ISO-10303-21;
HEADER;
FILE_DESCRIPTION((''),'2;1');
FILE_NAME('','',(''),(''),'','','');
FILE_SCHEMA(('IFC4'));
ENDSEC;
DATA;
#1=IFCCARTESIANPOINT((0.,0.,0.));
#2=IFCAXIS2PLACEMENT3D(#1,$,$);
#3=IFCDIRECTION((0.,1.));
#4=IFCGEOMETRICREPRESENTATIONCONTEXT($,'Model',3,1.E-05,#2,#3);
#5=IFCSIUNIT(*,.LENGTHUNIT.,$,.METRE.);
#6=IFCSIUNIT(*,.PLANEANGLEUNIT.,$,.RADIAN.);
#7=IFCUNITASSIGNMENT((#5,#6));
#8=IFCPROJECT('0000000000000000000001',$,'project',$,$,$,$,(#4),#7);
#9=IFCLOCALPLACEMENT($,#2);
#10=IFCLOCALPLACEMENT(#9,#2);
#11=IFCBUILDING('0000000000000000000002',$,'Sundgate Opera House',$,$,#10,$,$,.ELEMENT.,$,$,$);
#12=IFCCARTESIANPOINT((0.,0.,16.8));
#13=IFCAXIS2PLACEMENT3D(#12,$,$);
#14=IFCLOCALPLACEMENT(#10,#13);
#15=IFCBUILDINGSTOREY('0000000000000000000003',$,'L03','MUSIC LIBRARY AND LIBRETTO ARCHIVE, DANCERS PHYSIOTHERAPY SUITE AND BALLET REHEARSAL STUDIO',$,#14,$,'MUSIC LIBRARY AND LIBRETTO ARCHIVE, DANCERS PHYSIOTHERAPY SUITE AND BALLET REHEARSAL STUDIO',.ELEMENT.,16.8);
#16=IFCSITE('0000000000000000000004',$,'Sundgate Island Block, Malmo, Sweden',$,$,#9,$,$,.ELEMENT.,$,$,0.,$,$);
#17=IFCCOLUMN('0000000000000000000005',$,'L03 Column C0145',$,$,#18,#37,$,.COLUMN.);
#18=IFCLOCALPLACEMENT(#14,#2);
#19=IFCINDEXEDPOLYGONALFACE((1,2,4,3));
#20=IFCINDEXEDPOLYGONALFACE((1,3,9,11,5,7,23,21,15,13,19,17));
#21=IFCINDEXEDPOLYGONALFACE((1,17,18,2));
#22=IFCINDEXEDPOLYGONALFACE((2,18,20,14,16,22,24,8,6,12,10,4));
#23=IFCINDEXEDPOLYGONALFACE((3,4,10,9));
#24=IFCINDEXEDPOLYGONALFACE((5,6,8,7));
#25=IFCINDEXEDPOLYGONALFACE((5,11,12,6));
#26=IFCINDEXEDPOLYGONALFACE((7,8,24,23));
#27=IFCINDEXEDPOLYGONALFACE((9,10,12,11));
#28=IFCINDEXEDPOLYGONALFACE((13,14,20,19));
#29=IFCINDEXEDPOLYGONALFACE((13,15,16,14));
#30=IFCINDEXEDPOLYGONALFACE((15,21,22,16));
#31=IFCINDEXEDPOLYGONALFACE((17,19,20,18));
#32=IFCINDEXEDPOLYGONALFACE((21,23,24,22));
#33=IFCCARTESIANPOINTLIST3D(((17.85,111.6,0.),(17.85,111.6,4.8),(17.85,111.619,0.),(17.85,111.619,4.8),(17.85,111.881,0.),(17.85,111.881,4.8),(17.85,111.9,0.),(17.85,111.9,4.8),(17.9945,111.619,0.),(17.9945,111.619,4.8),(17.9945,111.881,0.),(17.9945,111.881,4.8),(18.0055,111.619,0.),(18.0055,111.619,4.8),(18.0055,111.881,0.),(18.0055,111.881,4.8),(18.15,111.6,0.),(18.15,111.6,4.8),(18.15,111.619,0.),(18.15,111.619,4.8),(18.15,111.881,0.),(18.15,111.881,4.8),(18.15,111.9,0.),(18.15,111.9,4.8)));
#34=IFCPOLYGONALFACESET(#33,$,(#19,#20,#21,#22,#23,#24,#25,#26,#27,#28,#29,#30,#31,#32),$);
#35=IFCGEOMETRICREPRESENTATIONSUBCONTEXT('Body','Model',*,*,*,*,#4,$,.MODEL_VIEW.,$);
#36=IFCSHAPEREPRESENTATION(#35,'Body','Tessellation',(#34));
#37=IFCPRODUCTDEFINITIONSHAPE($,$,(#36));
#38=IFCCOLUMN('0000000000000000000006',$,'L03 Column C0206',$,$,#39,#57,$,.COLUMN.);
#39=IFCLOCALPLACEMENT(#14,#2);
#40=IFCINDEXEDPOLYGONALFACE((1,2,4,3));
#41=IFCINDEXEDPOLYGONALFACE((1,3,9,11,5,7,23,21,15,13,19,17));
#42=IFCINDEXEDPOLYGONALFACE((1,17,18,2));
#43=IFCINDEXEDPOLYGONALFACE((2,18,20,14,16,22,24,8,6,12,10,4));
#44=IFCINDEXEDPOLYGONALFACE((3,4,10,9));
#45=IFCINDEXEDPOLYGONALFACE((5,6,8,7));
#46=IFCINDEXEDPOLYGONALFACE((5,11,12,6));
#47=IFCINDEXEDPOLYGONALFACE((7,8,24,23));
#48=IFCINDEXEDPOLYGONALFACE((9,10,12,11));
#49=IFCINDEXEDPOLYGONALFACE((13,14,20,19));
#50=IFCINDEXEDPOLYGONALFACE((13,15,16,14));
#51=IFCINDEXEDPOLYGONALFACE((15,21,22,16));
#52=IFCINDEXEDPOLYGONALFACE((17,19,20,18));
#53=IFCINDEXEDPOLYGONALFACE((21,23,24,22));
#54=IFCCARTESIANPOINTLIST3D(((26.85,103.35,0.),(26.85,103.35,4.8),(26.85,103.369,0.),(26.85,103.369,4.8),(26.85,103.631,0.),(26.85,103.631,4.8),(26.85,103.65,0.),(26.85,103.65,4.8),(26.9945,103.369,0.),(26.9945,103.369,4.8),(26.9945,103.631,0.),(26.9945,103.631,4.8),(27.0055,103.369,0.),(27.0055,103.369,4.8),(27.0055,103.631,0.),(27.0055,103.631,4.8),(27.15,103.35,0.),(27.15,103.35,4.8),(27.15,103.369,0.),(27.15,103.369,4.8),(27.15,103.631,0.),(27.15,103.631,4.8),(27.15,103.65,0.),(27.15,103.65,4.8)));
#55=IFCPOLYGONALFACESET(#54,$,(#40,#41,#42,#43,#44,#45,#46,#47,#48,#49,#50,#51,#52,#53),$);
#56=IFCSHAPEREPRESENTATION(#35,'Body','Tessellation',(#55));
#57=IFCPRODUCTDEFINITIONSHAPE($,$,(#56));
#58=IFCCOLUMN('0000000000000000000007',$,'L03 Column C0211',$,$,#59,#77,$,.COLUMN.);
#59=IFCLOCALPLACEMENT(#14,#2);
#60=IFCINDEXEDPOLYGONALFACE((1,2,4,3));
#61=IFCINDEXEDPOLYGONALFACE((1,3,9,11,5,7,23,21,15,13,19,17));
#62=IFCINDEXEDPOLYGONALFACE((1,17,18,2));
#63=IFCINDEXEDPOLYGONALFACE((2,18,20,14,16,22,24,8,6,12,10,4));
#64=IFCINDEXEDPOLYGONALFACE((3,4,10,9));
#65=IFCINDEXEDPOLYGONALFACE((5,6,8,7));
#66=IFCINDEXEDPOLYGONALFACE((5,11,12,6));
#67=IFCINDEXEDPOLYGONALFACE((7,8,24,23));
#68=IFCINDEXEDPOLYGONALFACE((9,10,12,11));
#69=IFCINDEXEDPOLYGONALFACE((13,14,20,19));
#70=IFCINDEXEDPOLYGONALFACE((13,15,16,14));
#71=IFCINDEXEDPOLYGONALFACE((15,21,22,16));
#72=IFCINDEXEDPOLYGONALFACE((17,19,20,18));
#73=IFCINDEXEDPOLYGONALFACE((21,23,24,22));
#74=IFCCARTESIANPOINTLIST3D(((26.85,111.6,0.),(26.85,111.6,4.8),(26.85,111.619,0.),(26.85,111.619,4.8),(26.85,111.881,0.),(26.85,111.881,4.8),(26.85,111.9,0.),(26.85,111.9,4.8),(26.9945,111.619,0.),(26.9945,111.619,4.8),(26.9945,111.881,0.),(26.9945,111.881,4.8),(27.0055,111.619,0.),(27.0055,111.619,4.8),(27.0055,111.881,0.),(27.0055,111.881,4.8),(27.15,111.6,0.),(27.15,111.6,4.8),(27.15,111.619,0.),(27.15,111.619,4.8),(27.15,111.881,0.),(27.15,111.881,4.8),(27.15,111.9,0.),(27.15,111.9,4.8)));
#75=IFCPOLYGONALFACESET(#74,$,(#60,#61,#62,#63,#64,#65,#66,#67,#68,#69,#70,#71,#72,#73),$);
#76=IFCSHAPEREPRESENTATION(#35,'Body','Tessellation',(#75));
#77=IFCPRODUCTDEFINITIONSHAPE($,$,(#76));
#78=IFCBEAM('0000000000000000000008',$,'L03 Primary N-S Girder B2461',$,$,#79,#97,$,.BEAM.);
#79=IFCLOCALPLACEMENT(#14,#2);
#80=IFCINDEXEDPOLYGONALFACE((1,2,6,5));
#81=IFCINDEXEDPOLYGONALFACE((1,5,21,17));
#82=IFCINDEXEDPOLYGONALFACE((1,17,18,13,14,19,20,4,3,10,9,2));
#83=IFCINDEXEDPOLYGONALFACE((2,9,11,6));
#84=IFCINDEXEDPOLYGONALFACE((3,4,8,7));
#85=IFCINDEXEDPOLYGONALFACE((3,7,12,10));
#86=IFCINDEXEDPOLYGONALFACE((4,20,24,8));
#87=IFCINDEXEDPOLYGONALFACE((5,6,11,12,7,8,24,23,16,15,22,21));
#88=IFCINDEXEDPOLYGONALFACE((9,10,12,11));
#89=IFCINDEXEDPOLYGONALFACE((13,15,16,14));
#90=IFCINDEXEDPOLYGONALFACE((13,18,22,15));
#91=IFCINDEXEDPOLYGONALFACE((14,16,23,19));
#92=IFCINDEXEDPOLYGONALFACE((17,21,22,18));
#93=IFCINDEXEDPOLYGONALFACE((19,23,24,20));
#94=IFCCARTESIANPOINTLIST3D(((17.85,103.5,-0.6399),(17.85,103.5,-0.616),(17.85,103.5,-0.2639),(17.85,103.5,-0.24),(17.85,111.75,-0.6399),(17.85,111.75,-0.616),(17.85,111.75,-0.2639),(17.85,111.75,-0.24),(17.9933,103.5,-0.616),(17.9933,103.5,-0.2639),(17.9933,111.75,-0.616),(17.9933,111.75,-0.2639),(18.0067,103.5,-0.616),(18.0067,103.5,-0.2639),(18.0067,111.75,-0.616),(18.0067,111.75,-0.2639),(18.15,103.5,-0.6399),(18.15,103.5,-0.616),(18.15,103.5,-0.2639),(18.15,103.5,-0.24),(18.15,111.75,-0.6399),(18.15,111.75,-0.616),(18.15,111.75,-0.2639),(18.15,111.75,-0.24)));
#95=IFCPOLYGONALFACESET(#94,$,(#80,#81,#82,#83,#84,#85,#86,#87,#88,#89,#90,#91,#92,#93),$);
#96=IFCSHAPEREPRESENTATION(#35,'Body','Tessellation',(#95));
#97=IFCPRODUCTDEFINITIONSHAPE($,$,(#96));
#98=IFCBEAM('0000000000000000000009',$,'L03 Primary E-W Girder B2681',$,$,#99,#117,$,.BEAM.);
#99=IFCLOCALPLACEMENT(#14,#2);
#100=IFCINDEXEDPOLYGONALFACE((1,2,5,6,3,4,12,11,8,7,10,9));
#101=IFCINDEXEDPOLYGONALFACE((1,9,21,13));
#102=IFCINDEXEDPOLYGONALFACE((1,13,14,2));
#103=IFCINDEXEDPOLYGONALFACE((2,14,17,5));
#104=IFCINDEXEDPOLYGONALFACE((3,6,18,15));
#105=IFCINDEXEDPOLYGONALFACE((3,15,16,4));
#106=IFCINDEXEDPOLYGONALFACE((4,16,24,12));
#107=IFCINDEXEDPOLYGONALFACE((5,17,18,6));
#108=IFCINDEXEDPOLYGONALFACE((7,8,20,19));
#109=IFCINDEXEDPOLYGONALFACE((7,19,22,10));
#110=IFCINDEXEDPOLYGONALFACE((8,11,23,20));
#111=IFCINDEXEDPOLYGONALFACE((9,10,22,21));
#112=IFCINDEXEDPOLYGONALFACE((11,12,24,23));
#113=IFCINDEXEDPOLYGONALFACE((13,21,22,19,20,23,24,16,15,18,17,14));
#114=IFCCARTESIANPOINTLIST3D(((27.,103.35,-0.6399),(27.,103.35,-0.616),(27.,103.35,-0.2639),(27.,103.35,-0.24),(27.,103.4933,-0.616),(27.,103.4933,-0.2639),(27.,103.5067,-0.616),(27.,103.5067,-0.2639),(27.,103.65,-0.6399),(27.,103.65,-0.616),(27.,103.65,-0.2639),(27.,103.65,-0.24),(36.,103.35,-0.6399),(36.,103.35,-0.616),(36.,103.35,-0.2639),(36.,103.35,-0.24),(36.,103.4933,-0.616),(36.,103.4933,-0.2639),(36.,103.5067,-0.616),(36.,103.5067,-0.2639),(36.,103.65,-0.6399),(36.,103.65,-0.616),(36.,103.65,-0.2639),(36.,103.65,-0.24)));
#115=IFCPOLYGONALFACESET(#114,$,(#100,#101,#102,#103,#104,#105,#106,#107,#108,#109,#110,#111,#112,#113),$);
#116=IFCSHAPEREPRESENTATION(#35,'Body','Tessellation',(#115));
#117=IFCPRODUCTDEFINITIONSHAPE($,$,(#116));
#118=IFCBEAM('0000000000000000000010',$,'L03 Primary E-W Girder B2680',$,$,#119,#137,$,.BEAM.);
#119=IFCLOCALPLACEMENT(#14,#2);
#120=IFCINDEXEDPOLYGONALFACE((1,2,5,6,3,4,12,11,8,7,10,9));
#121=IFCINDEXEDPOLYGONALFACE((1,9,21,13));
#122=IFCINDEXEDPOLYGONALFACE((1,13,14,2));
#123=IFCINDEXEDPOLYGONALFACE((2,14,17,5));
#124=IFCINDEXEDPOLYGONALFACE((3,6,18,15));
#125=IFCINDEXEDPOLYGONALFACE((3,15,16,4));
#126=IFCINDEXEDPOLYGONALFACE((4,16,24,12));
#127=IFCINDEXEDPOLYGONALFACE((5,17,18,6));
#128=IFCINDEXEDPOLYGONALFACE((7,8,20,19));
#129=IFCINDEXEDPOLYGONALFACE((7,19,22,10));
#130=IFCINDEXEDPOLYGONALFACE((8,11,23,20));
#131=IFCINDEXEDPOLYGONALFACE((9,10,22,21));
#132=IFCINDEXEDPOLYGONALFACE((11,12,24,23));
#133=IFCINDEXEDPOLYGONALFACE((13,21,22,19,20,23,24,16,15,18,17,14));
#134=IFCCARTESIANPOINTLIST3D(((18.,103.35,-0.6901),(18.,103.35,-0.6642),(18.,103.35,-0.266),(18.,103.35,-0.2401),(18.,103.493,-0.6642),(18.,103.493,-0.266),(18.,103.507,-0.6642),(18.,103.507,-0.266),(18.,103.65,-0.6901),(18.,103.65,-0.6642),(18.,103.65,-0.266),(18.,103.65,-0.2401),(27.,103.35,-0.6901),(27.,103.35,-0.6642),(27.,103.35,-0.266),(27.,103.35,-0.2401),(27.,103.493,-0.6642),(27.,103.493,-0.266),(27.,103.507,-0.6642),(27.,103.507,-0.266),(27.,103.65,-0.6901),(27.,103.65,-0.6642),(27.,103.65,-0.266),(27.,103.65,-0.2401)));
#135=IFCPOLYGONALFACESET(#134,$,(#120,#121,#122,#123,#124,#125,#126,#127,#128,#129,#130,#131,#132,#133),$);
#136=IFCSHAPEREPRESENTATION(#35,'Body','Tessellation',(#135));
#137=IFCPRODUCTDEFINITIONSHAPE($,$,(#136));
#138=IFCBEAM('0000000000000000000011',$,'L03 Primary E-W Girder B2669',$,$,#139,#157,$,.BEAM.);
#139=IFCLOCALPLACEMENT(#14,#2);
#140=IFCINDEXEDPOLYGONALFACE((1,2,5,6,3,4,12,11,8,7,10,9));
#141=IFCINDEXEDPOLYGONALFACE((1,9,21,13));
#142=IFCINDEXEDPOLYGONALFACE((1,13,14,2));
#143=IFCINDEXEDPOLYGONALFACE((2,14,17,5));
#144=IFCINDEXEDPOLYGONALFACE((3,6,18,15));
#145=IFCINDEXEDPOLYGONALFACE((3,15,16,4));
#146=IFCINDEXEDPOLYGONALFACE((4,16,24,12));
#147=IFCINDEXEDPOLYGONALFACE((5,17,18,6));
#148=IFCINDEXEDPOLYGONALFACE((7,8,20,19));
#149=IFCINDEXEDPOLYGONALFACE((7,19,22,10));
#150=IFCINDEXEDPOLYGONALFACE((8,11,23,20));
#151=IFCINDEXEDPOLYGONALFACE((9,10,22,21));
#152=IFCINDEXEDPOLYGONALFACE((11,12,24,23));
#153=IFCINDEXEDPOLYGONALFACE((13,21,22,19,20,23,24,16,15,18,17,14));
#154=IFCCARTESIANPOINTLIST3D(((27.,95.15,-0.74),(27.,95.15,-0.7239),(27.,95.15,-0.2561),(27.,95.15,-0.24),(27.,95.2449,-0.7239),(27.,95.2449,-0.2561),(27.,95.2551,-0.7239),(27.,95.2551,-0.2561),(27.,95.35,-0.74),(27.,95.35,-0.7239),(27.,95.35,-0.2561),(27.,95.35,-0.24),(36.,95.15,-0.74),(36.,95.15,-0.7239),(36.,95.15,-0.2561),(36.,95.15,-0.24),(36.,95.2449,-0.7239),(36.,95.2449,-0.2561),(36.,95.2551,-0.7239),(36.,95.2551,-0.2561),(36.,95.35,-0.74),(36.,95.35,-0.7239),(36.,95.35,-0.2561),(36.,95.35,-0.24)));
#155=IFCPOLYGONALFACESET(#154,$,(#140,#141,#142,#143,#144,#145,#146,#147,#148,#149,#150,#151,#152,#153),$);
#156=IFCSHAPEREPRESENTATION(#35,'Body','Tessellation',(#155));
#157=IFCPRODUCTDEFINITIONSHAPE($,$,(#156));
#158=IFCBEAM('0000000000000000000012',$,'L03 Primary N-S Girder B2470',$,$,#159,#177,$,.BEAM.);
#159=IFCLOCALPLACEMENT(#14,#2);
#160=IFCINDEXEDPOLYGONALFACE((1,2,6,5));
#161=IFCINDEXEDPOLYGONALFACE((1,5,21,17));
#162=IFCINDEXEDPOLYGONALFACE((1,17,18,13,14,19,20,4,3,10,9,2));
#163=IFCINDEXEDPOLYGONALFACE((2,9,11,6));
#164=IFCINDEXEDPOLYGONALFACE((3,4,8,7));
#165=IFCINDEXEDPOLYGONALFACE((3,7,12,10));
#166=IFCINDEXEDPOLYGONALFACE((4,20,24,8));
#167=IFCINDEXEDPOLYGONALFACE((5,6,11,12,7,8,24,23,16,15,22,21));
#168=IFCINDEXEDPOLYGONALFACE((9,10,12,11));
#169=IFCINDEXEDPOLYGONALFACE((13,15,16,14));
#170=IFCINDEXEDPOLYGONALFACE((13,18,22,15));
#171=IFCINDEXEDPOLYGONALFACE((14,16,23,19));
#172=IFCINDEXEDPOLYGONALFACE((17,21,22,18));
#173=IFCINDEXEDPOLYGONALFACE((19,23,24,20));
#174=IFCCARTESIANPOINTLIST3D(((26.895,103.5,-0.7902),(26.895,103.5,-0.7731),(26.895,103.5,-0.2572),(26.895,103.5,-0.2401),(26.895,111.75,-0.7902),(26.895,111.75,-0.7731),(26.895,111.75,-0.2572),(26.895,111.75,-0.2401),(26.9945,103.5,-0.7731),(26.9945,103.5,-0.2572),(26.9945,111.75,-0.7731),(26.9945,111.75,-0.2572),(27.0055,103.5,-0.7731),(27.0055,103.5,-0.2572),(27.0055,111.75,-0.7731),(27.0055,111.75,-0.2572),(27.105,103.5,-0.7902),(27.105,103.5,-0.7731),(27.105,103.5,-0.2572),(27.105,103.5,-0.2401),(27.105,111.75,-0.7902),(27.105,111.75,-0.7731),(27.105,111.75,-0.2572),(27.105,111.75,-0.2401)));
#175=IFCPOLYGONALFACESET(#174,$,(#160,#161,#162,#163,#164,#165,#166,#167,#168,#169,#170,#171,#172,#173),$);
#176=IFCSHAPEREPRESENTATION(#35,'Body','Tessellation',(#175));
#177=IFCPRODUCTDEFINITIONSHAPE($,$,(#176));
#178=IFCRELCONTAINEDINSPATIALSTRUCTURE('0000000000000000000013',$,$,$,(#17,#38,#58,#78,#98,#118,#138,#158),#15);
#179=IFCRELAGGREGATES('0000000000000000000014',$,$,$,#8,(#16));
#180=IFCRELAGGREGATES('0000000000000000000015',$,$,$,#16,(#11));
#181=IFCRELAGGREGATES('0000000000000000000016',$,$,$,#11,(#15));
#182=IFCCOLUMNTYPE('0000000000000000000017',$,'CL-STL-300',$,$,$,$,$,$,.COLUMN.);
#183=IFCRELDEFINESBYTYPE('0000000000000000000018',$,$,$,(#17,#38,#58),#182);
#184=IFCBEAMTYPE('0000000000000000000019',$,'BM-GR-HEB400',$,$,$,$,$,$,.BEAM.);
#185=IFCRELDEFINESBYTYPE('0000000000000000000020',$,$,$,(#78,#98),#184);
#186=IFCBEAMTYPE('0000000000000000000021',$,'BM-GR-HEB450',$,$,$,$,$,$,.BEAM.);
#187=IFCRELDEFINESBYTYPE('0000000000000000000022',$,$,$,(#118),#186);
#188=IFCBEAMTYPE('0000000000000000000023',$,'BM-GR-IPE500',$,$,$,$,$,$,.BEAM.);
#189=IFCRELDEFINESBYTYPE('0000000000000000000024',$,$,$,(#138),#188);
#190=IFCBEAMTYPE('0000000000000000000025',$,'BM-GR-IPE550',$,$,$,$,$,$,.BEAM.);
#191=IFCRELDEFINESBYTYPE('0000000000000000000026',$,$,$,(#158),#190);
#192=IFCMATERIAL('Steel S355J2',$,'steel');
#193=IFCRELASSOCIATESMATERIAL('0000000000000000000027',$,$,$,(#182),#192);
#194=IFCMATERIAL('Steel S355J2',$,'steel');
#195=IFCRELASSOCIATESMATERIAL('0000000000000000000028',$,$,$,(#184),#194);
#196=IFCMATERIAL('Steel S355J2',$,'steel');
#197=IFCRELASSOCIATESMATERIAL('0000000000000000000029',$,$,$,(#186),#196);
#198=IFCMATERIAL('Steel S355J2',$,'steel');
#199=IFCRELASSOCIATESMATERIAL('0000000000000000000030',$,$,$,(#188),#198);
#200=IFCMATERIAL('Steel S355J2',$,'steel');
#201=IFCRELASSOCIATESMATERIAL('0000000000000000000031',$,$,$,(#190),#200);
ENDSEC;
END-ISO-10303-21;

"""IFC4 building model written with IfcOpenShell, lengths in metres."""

from ifc_helpers import new_model, si_unit, direction, frame, origin, origin_2d, place, context, subcontext, project, spatial, i_section, extrude, material, material_profile, profile_set, type_object, element, save


model = new_model("IFC4")

# Units and contexts
model_context = context("Model", 3, precision=1e-05, world=origin(), true_north=direction((0.0, 1.0)))
body_context = subcontext(model_context, "Body", "Model", "MODEL_VIEW")
ifc_project = project(units=[si_unit("LENGTHUNIT", "METRE"), si_unit("PLANEANGLEUNIT", "RADIAN")], contexts=[model_context])

# Site, building, storey
site_placement = place(None, origin())
site = spatial("IfcSite", under=ifc_project, at=site_placement, Name="Sundgate Island Block, Malmo, Sweden", CompositionType="ELEMENT", RefElevation=0.0)
building_placement = place(site_placement, origin())
building = spatial("IfcBuilding", under=site, at=building_placement, Name="Sundgate Opera House", CompositionType="ELEMENT")
storey_placement = place(building_placement, frame((0.0, 0.0, 16.8)))
storey = spatial("IfcBuildingStorey", under=building, at=storey_placement, Name="L03", Description="MUSIC LIBRARY AND LIBRETTO ARCHIVE, DANCERS PHYSIOTHERAPY SUITE AND BALLET REHEARSAL STUDIO", LongName="MUSIC LIBRARY AND LIBRETTO ARCHIVE, DANCERS PHYSIOTHERAPY SUITE AND BALLET REHEARSAL STUDIO", CompositionType="ELEMENT", Elevation=16.8)

# Columns
ifc_material_1 = material(Name="Steel S355J2", Category="steel")
ifc_material_profile_1 = material_profile(ifc_material_1, i_section(OverallWidth=0.3, OverallDepth=0.3, WebThickness=0.011, FlangeThickness=0.019, at=origin_2d()), Name="HEB 300")
ifc_profile_set_1 = profile_set([ifc_material_profile_1], Name="Steel S355J2")
column_type = type_object("IfcColumnType", Name="CL-STL-300", PredefinedType="COLUMN", material=ifc_profile_set_1)
for number, where, z_axis, x_axis, name in (
    (1, (18.0, 111.75, 0.0), (0.0, 0.0, 1.0), (1.0, 0.0, 0.0), "L03 Column C0145"),
    (2, (27.0, 103.5, 0.0), (0.0, 0.0, 1.0), (1.0, 0.0, 0.0), "L03 Column C0206"),
    (3, (27.0, 111.75, 0.0), (0.0, 0.0, 1.0), (1.0, 0.0, 0.0), "L03 Column C0211"),
):
    element("IfcColumn", number, at=place(storey_placement, frame(where, z_axis=z_axis, x_axis=x_axis)), inside=storey, type_object=column_type, Name=name, PredefinedType="COLUMN", context=body_context, shape_type="SweptSolid", body=[
        extrude(i_section(OverallWidth=0.3, OverallDepth=0.3, WebThickness=0.011, FlangeThickness=0.019, at=origin_2d()), origin(), (0.0, 0.0, 1.0), 4.8),
    ])

# Beams
ifc_material_2 = material(Name="Steel S355J2", Category="steel")
ifc_material_profile_2 = material_profile(ifc_material_2, i_section(OverallWidth=0.3, OverallDepth=0.3999, WebThickness=0.0134, FlangeThickness=0.0239, at=origin_2d()), Name="HEB 400")
ifc_profile_set_2 = profile_set([ifc_material_profile_2], Name="Steel S355J2")
beam_type_1 = type_object("IfcBeamType", Name="BM-GR-HEB400", PredefinedType="BEAM", material=ifc_profile_set_2)
beam_1_placement = place(storey_placement, frame((18.0, 103.5, -0.4399), z_axis=(0.0, 1.0, 0.0), x_axis=(-1.0, 0.0, 0.0)))
element("IfcBeam", 4, at=beam_1_placement, inside=storey, type_object=beam_type_1, Name="L03 Primary N-S Girder B2461", PredefinedType="BEAM", context=body_context, shape_type="SweptSolid", body=[
    extrude(i_section(OverallWidth=0.3, OverallDepth=0.3999, WebThickness=0.0134, FlangeThickness=0.0239, at=origin_2d()), origin(), (0.0, 0.0, 1.0), 8.25),
])
beam_2_placement = place(storey_placement, frame((27.0, 103.5, -0.4399), z_axis=(1.0, 0.0, 0.0), x_axis=(0.0, 1.0, 0.0)))
element("IfcBeam", 5, at=beam_2_placement, inside=storey, type_object=beam_type_1, Name="L03 Primary E-W Girder B2681", PredefinedType="BEAM", context=body_context, shape_type="SweptSolid", body=[
    extrude(i_section(OverallWidth=0.3, OverallDepth=0.3999, WebThickness=0.0134, FlangeThickness=0.0239, at=origin_2d()), origin(), (0.0, 0.0, 1.0), 9.0),
])
ifc_material_3 = material(Name="Steel S355J2", Category="steel")
ifc_material_profile_3 = material_profile(ifc_material_3, i_section(OverallWidth=0.3, OverallDepth=0.45, WebThickness=0.0139, FlangeThickness=0.0259, at=origin_2d()), Name="HEB 450")
ifc_profile_set_3 = profile_set([ifc_material_profile_3], Name="Steel S355J2")
beam_type_2 = type_object("IfcBeamType", Name="BM-GR-HEB450", PredefinedType="BEAM", material=ifc_profile_set_3)
beam_3_placement = place(storey_placement, frame((18.0, 103.5, -0.4651), z_axis=(1.0, 0.0, 0.0), x_axis=(0.0, 1.0, 0.0)))
element("IfcBeam", 6, at=beam_3_placement, inside=storey, type_object=beam_type_2, Name="L03 Primary E-W Girder B2680", PredefinedType="BEAM", context=body_context, shape_type="SweptSolid", body=[
    extrude(i_section(OverallWidth=0.3, OverallDepth=0.45, WebThickness=0.0139, FlangeThickness=0.0259, at=origin_2d()), origin(), (0.0, 0.0, 1.0), 9.0),
])
ifc_material_4 = material(Name="Steel S355J2", Category="steel")
ifc_material_profile_4 = material_profile(ifc_material_4, i_section(OverallWidth=0.2, OverallDepth=0.5, WebThickness=0.0103, FlangeThickness=0.0161, at=origin_2d()), Name="IPE 500")
ifc_profile_set_4 = profile_set([ifc_material_profile_4], Name="Steel S355J2")
beam_type_3 = type_object("IfcBeamType", Name="BM-GR-IPE500", PredefinedType="BEAM", material=ifc_profile_set_4)
beam_4_placement = place(storey_placement, frame((27.0, 95.25, -0.49), z_axis=(1.0, 0.0, 0.0), x_axis=(0.0, 1.0, 0.0)))
element("IfcBeam", 7, at=beam_4_placement, inside=storey, type_object=beam_type_3, Name="L03 Primary E-W Girder B2669", PredefinedType="BEAM", context=body_context, shape_type="SweptSolid", body=[
    extrude(i_section(OverallWidth=0.2, OverallDepth=0.5, WebThickness=0.0103, FlangeThickness=0.0161, at=origin_2d()), origin(), (0.0, 0.0, 1.0), 9.0),
])
ifc_material_5 = material(Name="Steel S355J2", Category="steel")
ifc_material_profile_5 = material_profile(ifc_material_5, i_section(OverallWidth=0.21, OverallDepth=0.55, WebThickness=0.011, FlangeThickness=0.0171, at=origin_2d()), Name="IPE 550")
ifc_profile_set_5 = profile_set([ifc_material_profile_5], Name="Steel S355J2")
beam_type_4 = type_object("IfcBeamType", Name="BM-GR-IPE550", PredefinedType="BEAM", material=ifc_profile_set_5)
beam_5_placement = place(storey_placement, frame((27.0, 103.5, -0.5151), z_axis=(0.0, 1.0, 0.0), x_axis=(-1.0, 0.0, 0.0)))
element("IfcBeam", 8, at=beam_5_placement, inside=storey, type_object=beam_type_4, Name="L03 Primary N-S Girder B2470", PredefinedType="BEAM", context=body_context, shape_type="SweptSolid", body=[
    extrude(i_section(OverallWidth=0.21, OverallDepth=0.55, WebThickness=0.011, FlangeThickness=0.0171, at=origin_2d()), origin(), (0.0, 0.0, 1.0), 8.25),
])

save(model, "model.ifc")
